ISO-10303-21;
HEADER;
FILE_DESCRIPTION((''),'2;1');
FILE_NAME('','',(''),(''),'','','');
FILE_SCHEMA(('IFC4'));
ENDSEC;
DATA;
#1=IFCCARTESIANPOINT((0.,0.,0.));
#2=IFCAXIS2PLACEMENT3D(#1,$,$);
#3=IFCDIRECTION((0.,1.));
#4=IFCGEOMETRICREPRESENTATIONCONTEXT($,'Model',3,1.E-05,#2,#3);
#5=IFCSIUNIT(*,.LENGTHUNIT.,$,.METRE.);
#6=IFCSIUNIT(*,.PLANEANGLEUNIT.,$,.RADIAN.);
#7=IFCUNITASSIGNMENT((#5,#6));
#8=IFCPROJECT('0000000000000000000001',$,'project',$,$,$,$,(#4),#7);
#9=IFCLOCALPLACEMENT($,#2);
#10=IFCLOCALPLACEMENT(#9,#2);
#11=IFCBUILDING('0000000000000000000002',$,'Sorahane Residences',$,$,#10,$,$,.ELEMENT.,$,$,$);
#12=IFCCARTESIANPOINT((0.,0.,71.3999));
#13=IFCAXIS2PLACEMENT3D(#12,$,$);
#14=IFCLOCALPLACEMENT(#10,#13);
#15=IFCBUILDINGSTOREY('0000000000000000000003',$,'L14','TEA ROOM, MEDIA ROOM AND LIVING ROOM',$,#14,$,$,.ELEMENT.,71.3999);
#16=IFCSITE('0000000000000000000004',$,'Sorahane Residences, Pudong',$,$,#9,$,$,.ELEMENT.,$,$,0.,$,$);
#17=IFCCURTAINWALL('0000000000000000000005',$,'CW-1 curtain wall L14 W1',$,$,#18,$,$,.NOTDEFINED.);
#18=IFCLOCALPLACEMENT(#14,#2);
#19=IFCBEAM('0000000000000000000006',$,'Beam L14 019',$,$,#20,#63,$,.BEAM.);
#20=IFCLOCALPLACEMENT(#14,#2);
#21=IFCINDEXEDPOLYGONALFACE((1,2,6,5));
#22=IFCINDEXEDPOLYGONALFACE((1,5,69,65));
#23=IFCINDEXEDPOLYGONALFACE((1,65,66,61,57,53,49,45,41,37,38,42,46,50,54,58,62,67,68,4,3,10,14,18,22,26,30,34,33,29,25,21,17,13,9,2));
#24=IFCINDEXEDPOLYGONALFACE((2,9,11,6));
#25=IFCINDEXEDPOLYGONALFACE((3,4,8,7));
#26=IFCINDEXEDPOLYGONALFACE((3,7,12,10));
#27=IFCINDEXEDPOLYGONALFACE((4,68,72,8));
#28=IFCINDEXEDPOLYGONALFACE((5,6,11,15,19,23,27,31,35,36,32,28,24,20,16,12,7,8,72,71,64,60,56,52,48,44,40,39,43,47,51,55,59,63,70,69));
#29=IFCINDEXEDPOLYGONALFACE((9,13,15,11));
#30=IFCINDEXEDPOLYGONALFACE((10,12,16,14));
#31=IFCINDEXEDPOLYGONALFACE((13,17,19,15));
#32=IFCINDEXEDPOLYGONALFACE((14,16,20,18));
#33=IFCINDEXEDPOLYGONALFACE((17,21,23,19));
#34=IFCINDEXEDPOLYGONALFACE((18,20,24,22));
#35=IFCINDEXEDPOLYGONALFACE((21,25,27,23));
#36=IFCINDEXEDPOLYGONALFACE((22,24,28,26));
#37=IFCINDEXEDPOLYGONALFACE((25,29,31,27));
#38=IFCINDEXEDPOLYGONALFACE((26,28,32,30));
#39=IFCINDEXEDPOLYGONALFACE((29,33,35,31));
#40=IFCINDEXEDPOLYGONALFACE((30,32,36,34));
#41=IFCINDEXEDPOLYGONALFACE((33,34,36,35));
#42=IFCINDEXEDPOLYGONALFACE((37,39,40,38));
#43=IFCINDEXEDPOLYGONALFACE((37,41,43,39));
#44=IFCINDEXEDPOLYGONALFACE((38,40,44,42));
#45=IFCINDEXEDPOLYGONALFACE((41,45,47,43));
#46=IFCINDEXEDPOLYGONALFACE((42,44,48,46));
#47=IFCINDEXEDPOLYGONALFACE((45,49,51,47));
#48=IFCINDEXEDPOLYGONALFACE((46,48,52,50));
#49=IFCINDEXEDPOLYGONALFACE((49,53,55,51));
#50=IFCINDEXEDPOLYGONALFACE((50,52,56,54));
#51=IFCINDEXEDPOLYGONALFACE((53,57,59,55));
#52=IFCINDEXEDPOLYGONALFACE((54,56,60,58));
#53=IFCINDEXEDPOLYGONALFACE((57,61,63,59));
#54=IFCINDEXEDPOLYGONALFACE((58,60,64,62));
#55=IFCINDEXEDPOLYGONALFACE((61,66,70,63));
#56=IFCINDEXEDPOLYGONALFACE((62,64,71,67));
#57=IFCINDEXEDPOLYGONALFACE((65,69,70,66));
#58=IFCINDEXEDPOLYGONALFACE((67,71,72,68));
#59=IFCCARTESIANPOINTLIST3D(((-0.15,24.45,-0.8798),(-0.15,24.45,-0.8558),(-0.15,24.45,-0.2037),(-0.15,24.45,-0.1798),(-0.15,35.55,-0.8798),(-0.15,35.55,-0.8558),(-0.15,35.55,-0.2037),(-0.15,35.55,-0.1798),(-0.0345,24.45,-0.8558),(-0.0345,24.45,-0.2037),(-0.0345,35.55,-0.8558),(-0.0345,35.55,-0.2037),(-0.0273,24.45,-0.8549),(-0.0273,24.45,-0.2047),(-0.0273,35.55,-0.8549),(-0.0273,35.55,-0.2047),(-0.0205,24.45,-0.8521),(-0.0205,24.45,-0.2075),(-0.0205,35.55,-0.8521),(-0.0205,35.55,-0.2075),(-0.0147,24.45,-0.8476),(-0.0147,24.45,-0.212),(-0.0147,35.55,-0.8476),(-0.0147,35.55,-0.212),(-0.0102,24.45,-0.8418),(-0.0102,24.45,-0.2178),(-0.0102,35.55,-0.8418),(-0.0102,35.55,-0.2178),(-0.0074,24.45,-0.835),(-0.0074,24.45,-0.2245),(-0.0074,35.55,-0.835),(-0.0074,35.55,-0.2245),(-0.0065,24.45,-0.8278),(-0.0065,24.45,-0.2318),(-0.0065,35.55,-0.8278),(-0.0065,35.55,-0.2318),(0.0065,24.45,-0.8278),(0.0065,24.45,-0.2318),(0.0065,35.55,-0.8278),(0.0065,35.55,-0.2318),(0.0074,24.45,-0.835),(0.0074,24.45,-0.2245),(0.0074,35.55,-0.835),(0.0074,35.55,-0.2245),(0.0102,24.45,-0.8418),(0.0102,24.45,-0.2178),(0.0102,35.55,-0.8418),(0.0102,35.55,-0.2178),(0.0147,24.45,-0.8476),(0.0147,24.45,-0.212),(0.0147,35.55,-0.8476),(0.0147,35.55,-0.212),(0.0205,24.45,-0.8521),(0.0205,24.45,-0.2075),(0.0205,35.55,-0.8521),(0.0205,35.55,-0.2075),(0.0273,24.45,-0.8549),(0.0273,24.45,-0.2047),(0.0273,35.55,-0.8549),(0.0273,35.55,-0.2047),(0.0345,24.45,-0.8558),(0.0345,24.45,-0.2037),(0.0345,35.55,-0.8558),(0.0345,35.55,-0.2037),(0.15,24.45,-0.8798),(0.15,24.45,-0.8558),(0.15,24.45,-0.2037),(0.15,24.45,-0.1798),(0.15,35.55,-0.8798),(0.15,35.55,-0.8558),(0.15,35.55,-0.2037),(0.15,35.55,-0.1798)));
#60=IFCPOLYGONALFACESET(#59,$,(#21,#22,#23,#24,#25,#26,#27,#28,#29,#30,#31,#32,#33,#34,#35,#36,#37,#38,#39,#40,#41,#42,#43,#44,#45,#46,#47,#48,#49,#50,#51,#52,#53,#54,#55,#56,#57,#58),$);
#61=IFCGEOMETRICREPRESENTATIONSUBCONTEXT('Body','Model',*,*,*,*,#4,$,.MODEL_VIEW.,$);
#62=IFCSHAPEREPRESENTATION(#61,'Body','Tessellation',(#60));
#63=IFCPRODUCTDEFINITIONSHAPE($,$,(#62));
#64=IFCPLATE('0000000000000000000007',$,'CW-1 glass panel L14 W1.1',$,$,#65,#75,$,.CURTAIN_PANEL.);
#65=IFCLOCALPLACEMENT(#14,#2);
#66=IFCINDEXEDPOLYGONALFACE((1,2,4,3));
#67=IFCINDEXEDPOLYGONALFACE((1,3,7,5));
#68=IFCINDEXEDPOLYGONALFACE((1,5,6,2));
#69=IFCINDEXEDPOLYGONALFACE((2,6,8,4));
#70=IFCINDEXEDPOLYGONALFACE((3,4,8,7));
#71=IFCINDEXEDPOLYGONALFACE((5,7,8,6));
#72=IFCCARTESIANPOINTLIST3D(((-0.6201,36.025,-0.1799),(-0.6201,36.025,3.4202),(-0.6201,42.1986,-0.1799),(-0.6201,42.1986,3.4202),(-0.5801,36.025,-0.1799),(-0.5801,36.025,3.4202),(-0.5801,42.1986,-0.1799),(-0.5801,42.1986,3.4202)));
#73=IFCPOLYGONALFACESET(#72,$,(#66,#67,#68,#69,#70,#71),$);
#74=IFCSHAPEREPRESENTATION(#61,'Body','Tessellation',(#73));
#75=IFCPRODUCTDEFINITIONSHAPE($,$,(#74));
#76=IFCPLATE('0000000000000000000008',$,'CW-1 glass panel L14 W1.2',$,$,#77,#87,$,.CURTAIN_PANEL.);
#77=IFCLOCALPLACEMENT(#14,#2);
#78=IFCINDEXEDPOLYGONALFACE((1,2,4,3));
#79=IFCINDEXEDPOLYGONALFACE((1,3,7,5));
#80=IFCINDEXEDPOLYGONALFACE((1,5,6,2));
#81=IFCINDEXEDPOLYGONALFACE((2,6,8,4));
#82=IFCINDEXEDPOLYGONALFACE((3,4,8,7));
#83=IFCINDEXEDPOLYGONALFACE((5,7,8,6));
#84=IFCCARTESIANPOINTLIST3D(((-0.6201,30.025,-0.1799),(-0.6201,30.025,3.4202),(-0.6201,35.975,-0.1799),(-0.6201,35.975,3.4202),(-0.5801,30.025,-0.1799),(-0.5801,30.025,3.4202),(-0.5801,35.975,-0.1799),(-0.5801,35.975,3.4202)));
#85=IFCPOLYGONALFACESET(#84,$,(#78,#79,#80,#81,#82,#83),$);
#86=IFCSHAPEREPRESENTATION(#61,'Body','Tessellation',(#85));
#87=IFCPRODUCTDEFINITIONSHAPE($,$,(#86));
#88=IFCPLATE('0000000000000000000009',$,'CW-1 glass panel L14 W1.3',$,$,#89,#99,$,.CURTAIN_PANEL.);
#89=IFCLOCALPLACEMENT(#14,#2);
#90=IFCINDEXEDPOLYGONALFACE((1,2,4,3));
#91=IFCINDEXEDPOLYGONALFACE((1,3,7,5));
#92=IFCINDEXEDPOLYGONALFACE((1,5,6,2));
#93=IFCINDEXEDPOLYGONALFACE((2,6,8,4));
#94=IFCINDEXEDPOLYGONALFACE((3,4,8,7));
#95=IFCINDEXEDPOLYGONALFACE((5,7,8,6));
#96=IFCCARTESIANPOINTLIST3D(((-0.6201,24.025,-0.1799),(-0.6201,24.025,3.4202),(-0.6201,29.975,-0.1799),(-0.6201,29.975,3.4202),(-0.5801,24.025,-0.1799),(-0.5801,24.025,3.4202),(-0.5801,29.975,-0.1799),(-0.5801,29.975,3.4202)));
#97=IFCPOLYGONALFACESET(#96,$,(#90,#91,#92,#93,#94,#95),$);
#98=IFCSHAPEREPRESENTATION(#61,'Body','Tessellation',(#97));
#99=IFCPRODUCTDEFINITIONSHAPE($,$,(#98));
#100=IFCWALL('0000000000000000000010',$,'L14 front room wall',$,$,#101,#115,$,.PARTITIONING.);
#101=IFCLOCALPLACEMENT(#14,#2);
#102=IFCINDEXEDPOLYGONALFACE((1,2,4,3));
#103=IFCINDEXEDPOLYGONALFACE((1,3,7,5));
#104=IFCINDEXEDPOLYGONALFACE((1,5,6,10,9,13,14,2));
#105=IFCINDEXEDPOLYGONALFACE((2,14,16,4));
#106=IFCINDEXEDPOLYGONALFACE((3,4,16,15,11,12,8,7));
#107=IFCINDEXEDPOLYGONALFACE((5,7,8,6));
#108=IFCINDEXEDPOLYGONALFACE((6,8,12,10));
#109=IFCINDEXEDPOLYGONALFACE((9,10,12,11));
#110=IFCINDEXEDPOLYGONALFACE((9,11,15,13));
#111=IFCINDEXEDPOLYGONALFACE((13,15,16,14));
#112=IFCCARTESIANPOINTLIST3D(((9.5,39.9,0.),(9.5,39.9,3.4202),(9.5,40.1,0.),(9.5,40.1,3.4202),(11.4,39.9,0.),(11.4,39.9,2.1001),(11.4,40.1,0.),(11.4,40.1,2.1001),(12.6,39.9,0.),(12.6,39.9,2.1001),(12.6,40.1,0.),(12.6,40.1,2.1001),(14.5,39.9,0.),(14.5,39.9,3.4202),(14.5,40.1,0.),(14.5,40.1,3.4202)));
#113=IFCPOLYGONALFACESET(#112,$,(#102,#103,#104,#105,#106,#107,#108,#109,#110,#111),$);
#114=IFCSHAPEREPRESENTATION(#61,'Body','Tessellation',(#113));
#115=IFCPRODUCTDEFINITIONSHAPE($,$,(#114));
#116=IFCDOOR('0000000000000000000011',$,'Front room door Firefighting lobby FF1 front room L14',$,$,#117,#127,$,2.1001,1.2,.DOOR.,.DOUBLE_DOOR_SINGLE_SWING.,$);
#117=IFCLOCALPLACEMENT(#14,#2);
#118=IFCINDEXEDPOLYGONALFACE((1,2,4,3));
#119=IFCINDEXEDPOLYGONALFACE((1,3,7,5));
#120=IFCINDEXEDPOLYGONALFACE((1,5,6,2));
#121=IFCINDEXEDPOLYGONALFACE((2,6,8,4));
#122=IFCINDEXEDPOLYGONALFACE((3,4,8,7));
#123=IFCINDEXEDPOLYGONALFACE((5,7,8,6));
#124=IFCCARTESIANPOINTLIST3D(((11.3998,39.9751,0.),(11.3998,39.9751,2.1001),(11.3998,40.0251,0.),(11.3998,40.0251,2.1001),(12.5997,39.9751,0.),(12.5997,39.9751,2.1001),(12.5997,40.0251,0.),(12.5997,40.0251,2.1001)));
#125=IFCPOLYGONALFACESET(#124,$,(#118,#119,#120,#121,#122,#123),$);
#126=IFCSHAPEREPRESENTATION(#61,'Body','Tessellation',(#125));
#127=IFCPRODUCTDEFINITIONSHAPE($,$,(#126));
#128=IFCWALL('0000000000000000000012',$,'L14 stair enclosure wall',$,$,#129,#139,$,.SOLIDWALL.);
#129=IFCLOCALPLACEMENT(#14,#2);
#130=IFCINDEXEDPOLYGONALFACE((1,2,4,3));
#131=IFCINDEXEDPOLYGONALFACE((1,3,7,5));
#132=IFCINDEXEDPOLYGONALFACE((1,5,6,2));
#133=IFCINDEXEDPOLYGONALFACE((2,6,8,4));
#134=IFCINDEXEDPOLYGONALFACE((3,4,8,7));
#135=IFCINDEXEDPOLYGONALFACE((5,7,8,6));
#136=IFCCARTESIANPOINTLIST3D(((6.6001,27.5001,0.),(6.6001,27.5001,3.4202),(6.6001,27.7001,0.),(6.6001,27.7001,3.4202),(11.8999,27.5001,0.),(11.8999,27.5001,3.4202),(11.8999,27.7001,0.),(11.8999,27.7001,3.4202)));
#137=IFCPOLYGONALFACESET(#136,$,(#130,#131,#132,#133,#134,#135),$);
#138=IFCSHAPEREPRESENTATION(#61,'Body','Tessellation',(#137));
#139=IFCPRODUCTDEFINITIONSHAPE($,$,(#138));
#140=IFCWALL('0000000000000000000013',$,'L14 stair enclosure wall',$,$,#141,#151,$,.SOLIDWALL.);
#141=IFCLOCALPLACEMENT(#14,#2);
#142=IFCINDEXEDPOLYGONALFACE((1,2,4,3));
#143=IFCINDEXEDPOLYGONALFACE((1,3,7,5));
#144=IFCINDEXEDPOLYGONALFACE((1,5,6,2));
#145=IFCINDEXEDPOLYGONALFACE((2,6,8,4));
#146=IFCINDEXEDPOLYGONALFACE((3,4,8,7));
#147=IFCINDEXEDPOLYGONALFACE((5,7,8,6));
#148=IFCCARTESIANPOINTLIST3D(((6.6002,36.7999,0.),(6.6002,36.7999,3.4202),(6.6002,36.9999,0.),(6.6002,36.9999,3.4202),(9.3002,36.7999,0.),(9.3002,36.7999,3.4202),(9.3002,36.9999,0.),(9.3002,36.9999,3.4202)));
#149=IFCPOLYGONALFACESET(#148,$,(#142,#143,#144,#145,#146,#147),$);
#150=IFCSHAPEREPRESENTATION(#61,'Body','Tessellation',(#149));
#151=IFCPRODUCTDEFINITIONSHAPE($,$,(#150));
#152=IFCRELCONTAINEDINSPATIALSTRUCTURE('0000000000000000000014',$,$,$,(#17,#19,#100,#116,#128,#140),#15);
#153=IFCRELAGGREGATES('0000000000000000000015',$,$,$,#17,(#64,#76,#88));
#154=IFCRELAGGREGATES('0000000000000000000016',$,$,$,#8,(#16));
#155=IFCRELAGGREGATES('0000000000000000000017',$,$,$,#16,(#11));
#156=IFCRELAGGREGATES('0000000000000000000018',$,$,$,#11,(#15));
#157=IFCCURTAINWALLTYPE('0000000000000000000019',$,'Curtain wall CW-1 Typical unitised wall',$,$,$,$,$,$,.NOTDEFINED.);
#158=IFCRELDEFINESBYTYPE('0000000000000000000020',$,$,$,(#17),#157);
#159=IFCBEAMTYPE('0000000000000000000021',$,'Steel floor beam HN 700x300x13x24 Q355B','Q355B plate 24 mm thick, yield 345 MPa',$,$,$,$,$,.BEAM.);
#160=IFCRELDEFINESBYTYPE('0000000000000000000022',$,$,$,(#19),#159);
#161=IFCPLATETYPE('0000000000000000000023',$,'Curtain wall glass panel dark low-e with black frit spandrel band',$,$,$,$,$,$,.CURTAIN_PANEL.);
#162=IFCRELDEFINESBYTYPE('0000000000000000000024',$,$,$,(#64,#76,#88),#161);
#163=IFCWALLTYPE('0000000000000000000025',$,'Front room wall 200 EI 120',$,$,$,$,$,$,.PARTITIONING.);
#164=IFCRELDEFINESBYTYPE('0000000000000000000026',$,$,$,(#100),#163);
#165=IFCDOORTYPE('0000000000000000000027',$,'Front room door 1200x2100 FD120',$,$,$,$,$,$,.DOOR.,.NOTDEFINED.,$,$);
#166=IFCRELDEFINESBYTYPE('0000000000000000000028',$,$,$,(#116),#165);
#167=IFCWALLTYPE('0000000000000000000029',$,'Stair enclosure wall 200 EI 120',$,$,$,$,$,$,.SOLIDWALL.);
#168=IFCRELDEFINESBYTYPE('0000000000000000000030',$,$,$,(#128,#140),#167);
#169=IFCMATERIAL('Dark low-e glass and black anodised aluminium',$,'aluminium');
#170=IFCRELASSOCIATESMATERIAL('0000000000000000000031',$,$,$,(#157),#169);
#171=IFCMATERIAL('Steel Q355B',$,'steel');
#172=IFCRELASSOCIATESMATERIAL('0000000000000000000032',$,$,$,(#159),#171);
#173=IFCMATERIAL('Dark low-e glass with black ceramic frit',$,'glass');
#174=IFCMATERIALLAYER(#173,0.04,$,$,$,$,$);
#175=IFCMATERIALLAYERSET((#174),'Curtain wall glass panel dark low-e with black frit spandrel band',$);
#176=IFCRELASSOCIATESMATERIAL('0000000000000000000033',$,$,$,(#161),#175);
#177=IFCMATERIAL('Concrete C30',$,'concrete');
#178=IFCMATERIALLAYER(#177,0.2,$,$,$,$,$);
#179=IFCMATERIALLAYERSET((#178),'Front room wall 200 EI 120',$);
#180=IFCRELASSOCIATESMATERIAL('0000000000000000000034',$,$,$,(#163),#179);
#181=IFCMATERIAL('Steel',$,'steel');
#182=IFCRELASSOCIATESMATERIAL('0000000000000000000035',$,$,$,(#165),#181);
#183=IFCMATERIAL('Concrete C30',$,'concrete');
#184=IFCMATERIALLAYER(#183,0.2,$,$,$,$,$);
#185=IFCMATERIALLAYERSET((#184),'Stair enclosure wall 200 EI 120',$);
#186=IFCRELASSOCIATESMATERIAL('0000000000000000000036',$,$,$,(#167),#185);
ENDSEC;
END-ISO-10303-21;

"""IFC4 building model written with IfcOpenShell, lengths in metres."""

from ifc_helpers import new_model, si_unit, direction, frame, frame_2d, origin, origin_2d, place, context, subcontext, project, spatial, rectangle, i_section, extrude, material, layer, layer_set, material_profile, profile_set, type_object, element, fill, aggregate, save


model = new_model("IFC4")

# Units and contexts
model_context = context("Model", 3, precision=1e-05, world=origin(), true_north=direction((0.0, 1.0)))
body_context = subcontext(model_context, "Body", "Model", "MODEL_VIEW")
ifc_project = project(units=[si_unit("LENGTHUNIT", "METRE"), si_unit("PLANEANGLEUNIT", "RADIAN")], contexts=[model_context])

# Site, building, storey
site_placement = place(None, origin())
site = spatial("IfcSite", under=ifc_project, at=site_placement, Name="Sorahane Residences, Pudong", CompositionType="ELEMENT", RefElevation=0.0)
building_placement = place(site_placement, origin())
building = spatial("IfcBuilding", under=site, at=building_placement, Name="Sorahane Residences", CompositionType="ELEMENT")
storey_placement = place(building_placement, frame((0.0, 0.0, 71.3999)))
storey = spatial("IfcBuildingStorey", under=building, at=storey_placement, Name="L14", Description="TEA ROOM, MEDIA ROOM AND LIVING ROOM", CompositionType="ELEMENT", Elevation=71.3999)

# Curtain wall
ifc_material_1 = material(Name="Dark low-e glass and black anodised aluminium", Category="aluminium")
curtain_wall_type = type_object("IfcCurtainWallType", Name="Curtain wall CW-1 Typical unitised wall", PredefinedType="NOTDEFINED", material=ifc_material_1)
curtain_wall_placement = place(storey_placement, origin())
curtain_wall = element("IfcCurtainWall", 1, at=curtain_wall_placement, inside=storey, type_object=curtain_wall_type, Name="CW-1 curtain wall L14 W1", PredefinedType="NOTDEFINED")

# Beam
ifc_material_2 = material(Name="Steel Q355B", Category="steel")
ifc_material_profile_1 = material_profile(ifc_material_2, i_section(OverallWidth=0.3, OverallDepth=0.7, WebThickness=0.0129, FlangeThickness=0.0239, FilletRadius=0.0281, at=origin_2d()), Name="HN 700x300x13x24")
ifc_profile_set_1 = profile_set([ifc_material_profile_1], Name="Steel Q355B")
beam_type_1 = type_object("IfcBeamType", Name="Steel floor beam HN 700x300x13x24 Q355B", Description="Q355B plate 24 mm thick, yield 345 MPa", PredefinedType="BEAM", material=ifc_profile_set_1)
beam_1_placement = place(storey_placement, frame((0.0, 24.45, -0.5298), z_axis=(0.0, 1.0, 0.0), x_axis=(-1.0, 0.0, 0.0)))
element("IfcBeam", 2, at=beam_1_placement, inside=storey, type_object=beam_type_1, Name="Beam L14 019", PredefinedType="BEAM", context=body_context, shape_type="SweptSolid", body=[
    extrude(i_section(OverallWidth=0.3, OverallDepth=0.7, WebThickness=0.0129, FlangeThickness=0.0239, FilletRadius=0.0281, at=origin_2d()), origin(), (0.0, 0.0, 1.0), 11.1001),
])

# Plates
ifc_material_3 = material(Name="Dark low-e glass with black ceramic frit", Category="glass")
ifc_layer_1 = layer(ifc_material_3, 0.04)
ifc_layer_set_1 = layer_set([ifc_layer_1], Name="Curtain wall glass panel dark low-e with black frit spandrel band")
plate_type = type_object("IfcPlateType", Name="Curtain wall glass panel dark low-e with black frit spandrel band", PredefinedType="CURTAIN_PANEL", material=ifc_layer_set_1)
plate_1_placement = place(storey_placement, frame((-0.6001, 39.1118, -0.1799), z_axis=(0.0, 0.0, 1.0), x_axis=(0.0, -1.0, 0.0)))
plate_1 = element("IfcPlate", 3, at=plate_1_placement, type_object=plate_type, Name="CW-1 glass panel L14 W1.1", PredefinedType="CURTAIN_PANEL", context=body_context, shape_type="SweptSolid", body=[
    extrude(rectangle(XDim=6.1736, YDim=0.04, at=origin_2d()), origin(), (0.0, 0.0, 1.0), 3.6001),
])
plate_2_placement = place(storey_placement, frame((-0.6001, 33.0, -0.1799), z_axis=(0.0, 0.0, 1.0), x_axis=(0.0, -1.0, 0.0)))
plate_2 = element("IfcPlate", 4, at=plate_2_placement, type_object=plate_type, Name="CW-1 glass panel L14 W1.2", PredefinedType="CURTAIN_PANEL", context=body_context, shape_type="SweptSolid", body=[
    extrude(rectangle(XDim=5.95, YDim=0.04, at=origin_2d()), origin(), (0.0, 0.0, 1.0), 3.6001),
])
plate_3_placement = place(storey_placement, frame((-0.6001, 27.0, -0.1799), z_axis=(0.0, 0.0, 1.0), x_axis=(0.0, -1.0, 0.0)))
plate_3 = element("IfcPlate", 5, at=plate_3_placement, type_object=plate_type, Name="CW-1 glass panel L14 W1.3", PredefinedType="CURTAIN_PANEL", context=body_context, shape_type="SweptSolid", body=[
    extrude(rectangle(XDim=5.95, YDim=0.04, at=origin_2d()), origin(), (0.0, 0.0, 1.0), 3.6001),
])
aggregate(curtain_wall, [plate_1, plate_2, plate_3])

# Wall, opening, door
ifc_material_4 = material(Name="Concrete C30", Category="concrete")
ifc_layer_2 = layer(ifc_material_4, 0.2)
ifc_layer_set_2 = layer_set([ifc_layer_2], Name="Front room wall 200 EI 120")
wall_type_1 = type_object("IfcWallType", Name="Front room wall 200 EI 120", PredefinedType="PARTITIONING", material=ifc_layer_set_2)
wall_1_placement = place(storey_placement, frame((9.5, 40.0, 0.0), z_axis=(0.0, 0.0, 1.0), x_axis=(1.0, 0.0, 0.0)))
wall_1 = element("IfcWall", 6, at=wall_1_placement, inside=storey, type_object=wall_type_1, Name="L14 front room wall", PredefinedType="PARTITIONING", context=body_context, shape_type="SweptSolid", body=[
    extrude(rectangle(XDim=5.0, YDim=0.2, at=frame_2d((2.5, 0.0))), origin(), (0.0, 0.0, 1.0), 3.4202),
])
opening_placement = place(wall_1_placement, frame((1.8999, 0.0, 0.0)))
opening = element("IfcOpeningElement", 7, at=opening_placement, cuts=wall_1, PredefinedType="OPENING", context=body_context, shape_type="SweptSolid", body=[
    extrude(rectangle(XDim=1.2, YDim=2.1001, at=frame_2d((0.6001, 1.05))), frame((0.0, 0.1099, 0.0), z_axis=(0.0, -1.0, 0.0), x_axis=(1.0, 0.0, 0.0)), (0.0, 0.0, 1.0), 0.22),
])
ifc_material_5 = material(Name="Steel", Category="steel")
door_type = type_object("IfcDoorType", Name="Front room door 1200x2100 FD120", OperationType="NOTDEFINED", PredefinedType="DOOR", material=ifc_material_5)
door_placement = place(opening_placement, frame((1.2, 0.0, 0.0), z_axis=(0.0, 0.0, 1.0), x_axis=(-1.0, 0.0, 0.0)))
door = element("IfcDoor", 8, at=door_placement, inside=storey, type_object=door_type, Name="Front room door Firefighting lobby FF1 front room L14", OperationType="DOUBLE_DOOR_SINGLE_SWING", OverallHeight=2.1001, OverallWidth=1.2, PredefinedType="DOOR", context=body_context, shape_type="SweptSolid", body=[
    extrude(rectangle(XDim=1.2, YDim=2.1001, at=frame_2d((0.6001, 1.05))), frame((0.0, 0.0249, 0.0), z_axis=(0.0, -1.0, 0.0), x_axis=(1.0, 0.0, 0.0)), (0.0, 0.0, 1.0), 0.05),
])
fill(opening, door)

# Walls
ifc_material_6 = material(Name="Concrete C30", Category="concrete")
ifc_layer_3 = layer(ifc_material_6, 0.2)
ifc_layer_set_3 = layer_set([ifc_layer_3], Name="Stair enclosure wall 200 EI 120")
wall_type_2 = type_object("IfcWallType", Name="Stair enclosure wall 200 EI 120", PredefinedType="SOLIDWALL", material=ifc_layer_set_3)
wall_2_placement = place(storey_placement, frame((6.6001, 27.6001, 0.0), z_axis=(0.0, 0.0, 1.0), x_axis=(1.0, 0.0, 0.0)))
element("IfcWall", 9, at=wall_2_placement, inside=storey, type_object=wall_type_2, Name="L14 stair enclosure wall", PredefinedType="SOLIDWALL", context=body_context, shape_type="SweptSolid", body=[
    extrude(rectangle(XDim=5.2998, YDim=0.2, at=frame_2d((2.6499, 0.0))), origin(), (0.0, 0.0, 1.0), 3.4202),
])
wall_3_placement = place(storey_placement, frame((6.6001, 36.8999, 0.0), z_axis=(0.0, 0.0, 1.0), x_axis=(1.0, 0.0, 0.0)))
element("IfcWall", 10, at=wall_3_placement, inside=storey, type_object=wall_type_2, Name="L14 stair enclosure wall", PredefinedType="SOLIDWALL", context=body_context, shape_type="SweptSolid", body=[
    extrude(rectangle(XDim=2.7, YDim=0.2, at=frame_2d((1.3501, 0.0))), origin(), (0.0, 0.0, 1.0), 3.4202),
])

save(model, "model.ifc")
